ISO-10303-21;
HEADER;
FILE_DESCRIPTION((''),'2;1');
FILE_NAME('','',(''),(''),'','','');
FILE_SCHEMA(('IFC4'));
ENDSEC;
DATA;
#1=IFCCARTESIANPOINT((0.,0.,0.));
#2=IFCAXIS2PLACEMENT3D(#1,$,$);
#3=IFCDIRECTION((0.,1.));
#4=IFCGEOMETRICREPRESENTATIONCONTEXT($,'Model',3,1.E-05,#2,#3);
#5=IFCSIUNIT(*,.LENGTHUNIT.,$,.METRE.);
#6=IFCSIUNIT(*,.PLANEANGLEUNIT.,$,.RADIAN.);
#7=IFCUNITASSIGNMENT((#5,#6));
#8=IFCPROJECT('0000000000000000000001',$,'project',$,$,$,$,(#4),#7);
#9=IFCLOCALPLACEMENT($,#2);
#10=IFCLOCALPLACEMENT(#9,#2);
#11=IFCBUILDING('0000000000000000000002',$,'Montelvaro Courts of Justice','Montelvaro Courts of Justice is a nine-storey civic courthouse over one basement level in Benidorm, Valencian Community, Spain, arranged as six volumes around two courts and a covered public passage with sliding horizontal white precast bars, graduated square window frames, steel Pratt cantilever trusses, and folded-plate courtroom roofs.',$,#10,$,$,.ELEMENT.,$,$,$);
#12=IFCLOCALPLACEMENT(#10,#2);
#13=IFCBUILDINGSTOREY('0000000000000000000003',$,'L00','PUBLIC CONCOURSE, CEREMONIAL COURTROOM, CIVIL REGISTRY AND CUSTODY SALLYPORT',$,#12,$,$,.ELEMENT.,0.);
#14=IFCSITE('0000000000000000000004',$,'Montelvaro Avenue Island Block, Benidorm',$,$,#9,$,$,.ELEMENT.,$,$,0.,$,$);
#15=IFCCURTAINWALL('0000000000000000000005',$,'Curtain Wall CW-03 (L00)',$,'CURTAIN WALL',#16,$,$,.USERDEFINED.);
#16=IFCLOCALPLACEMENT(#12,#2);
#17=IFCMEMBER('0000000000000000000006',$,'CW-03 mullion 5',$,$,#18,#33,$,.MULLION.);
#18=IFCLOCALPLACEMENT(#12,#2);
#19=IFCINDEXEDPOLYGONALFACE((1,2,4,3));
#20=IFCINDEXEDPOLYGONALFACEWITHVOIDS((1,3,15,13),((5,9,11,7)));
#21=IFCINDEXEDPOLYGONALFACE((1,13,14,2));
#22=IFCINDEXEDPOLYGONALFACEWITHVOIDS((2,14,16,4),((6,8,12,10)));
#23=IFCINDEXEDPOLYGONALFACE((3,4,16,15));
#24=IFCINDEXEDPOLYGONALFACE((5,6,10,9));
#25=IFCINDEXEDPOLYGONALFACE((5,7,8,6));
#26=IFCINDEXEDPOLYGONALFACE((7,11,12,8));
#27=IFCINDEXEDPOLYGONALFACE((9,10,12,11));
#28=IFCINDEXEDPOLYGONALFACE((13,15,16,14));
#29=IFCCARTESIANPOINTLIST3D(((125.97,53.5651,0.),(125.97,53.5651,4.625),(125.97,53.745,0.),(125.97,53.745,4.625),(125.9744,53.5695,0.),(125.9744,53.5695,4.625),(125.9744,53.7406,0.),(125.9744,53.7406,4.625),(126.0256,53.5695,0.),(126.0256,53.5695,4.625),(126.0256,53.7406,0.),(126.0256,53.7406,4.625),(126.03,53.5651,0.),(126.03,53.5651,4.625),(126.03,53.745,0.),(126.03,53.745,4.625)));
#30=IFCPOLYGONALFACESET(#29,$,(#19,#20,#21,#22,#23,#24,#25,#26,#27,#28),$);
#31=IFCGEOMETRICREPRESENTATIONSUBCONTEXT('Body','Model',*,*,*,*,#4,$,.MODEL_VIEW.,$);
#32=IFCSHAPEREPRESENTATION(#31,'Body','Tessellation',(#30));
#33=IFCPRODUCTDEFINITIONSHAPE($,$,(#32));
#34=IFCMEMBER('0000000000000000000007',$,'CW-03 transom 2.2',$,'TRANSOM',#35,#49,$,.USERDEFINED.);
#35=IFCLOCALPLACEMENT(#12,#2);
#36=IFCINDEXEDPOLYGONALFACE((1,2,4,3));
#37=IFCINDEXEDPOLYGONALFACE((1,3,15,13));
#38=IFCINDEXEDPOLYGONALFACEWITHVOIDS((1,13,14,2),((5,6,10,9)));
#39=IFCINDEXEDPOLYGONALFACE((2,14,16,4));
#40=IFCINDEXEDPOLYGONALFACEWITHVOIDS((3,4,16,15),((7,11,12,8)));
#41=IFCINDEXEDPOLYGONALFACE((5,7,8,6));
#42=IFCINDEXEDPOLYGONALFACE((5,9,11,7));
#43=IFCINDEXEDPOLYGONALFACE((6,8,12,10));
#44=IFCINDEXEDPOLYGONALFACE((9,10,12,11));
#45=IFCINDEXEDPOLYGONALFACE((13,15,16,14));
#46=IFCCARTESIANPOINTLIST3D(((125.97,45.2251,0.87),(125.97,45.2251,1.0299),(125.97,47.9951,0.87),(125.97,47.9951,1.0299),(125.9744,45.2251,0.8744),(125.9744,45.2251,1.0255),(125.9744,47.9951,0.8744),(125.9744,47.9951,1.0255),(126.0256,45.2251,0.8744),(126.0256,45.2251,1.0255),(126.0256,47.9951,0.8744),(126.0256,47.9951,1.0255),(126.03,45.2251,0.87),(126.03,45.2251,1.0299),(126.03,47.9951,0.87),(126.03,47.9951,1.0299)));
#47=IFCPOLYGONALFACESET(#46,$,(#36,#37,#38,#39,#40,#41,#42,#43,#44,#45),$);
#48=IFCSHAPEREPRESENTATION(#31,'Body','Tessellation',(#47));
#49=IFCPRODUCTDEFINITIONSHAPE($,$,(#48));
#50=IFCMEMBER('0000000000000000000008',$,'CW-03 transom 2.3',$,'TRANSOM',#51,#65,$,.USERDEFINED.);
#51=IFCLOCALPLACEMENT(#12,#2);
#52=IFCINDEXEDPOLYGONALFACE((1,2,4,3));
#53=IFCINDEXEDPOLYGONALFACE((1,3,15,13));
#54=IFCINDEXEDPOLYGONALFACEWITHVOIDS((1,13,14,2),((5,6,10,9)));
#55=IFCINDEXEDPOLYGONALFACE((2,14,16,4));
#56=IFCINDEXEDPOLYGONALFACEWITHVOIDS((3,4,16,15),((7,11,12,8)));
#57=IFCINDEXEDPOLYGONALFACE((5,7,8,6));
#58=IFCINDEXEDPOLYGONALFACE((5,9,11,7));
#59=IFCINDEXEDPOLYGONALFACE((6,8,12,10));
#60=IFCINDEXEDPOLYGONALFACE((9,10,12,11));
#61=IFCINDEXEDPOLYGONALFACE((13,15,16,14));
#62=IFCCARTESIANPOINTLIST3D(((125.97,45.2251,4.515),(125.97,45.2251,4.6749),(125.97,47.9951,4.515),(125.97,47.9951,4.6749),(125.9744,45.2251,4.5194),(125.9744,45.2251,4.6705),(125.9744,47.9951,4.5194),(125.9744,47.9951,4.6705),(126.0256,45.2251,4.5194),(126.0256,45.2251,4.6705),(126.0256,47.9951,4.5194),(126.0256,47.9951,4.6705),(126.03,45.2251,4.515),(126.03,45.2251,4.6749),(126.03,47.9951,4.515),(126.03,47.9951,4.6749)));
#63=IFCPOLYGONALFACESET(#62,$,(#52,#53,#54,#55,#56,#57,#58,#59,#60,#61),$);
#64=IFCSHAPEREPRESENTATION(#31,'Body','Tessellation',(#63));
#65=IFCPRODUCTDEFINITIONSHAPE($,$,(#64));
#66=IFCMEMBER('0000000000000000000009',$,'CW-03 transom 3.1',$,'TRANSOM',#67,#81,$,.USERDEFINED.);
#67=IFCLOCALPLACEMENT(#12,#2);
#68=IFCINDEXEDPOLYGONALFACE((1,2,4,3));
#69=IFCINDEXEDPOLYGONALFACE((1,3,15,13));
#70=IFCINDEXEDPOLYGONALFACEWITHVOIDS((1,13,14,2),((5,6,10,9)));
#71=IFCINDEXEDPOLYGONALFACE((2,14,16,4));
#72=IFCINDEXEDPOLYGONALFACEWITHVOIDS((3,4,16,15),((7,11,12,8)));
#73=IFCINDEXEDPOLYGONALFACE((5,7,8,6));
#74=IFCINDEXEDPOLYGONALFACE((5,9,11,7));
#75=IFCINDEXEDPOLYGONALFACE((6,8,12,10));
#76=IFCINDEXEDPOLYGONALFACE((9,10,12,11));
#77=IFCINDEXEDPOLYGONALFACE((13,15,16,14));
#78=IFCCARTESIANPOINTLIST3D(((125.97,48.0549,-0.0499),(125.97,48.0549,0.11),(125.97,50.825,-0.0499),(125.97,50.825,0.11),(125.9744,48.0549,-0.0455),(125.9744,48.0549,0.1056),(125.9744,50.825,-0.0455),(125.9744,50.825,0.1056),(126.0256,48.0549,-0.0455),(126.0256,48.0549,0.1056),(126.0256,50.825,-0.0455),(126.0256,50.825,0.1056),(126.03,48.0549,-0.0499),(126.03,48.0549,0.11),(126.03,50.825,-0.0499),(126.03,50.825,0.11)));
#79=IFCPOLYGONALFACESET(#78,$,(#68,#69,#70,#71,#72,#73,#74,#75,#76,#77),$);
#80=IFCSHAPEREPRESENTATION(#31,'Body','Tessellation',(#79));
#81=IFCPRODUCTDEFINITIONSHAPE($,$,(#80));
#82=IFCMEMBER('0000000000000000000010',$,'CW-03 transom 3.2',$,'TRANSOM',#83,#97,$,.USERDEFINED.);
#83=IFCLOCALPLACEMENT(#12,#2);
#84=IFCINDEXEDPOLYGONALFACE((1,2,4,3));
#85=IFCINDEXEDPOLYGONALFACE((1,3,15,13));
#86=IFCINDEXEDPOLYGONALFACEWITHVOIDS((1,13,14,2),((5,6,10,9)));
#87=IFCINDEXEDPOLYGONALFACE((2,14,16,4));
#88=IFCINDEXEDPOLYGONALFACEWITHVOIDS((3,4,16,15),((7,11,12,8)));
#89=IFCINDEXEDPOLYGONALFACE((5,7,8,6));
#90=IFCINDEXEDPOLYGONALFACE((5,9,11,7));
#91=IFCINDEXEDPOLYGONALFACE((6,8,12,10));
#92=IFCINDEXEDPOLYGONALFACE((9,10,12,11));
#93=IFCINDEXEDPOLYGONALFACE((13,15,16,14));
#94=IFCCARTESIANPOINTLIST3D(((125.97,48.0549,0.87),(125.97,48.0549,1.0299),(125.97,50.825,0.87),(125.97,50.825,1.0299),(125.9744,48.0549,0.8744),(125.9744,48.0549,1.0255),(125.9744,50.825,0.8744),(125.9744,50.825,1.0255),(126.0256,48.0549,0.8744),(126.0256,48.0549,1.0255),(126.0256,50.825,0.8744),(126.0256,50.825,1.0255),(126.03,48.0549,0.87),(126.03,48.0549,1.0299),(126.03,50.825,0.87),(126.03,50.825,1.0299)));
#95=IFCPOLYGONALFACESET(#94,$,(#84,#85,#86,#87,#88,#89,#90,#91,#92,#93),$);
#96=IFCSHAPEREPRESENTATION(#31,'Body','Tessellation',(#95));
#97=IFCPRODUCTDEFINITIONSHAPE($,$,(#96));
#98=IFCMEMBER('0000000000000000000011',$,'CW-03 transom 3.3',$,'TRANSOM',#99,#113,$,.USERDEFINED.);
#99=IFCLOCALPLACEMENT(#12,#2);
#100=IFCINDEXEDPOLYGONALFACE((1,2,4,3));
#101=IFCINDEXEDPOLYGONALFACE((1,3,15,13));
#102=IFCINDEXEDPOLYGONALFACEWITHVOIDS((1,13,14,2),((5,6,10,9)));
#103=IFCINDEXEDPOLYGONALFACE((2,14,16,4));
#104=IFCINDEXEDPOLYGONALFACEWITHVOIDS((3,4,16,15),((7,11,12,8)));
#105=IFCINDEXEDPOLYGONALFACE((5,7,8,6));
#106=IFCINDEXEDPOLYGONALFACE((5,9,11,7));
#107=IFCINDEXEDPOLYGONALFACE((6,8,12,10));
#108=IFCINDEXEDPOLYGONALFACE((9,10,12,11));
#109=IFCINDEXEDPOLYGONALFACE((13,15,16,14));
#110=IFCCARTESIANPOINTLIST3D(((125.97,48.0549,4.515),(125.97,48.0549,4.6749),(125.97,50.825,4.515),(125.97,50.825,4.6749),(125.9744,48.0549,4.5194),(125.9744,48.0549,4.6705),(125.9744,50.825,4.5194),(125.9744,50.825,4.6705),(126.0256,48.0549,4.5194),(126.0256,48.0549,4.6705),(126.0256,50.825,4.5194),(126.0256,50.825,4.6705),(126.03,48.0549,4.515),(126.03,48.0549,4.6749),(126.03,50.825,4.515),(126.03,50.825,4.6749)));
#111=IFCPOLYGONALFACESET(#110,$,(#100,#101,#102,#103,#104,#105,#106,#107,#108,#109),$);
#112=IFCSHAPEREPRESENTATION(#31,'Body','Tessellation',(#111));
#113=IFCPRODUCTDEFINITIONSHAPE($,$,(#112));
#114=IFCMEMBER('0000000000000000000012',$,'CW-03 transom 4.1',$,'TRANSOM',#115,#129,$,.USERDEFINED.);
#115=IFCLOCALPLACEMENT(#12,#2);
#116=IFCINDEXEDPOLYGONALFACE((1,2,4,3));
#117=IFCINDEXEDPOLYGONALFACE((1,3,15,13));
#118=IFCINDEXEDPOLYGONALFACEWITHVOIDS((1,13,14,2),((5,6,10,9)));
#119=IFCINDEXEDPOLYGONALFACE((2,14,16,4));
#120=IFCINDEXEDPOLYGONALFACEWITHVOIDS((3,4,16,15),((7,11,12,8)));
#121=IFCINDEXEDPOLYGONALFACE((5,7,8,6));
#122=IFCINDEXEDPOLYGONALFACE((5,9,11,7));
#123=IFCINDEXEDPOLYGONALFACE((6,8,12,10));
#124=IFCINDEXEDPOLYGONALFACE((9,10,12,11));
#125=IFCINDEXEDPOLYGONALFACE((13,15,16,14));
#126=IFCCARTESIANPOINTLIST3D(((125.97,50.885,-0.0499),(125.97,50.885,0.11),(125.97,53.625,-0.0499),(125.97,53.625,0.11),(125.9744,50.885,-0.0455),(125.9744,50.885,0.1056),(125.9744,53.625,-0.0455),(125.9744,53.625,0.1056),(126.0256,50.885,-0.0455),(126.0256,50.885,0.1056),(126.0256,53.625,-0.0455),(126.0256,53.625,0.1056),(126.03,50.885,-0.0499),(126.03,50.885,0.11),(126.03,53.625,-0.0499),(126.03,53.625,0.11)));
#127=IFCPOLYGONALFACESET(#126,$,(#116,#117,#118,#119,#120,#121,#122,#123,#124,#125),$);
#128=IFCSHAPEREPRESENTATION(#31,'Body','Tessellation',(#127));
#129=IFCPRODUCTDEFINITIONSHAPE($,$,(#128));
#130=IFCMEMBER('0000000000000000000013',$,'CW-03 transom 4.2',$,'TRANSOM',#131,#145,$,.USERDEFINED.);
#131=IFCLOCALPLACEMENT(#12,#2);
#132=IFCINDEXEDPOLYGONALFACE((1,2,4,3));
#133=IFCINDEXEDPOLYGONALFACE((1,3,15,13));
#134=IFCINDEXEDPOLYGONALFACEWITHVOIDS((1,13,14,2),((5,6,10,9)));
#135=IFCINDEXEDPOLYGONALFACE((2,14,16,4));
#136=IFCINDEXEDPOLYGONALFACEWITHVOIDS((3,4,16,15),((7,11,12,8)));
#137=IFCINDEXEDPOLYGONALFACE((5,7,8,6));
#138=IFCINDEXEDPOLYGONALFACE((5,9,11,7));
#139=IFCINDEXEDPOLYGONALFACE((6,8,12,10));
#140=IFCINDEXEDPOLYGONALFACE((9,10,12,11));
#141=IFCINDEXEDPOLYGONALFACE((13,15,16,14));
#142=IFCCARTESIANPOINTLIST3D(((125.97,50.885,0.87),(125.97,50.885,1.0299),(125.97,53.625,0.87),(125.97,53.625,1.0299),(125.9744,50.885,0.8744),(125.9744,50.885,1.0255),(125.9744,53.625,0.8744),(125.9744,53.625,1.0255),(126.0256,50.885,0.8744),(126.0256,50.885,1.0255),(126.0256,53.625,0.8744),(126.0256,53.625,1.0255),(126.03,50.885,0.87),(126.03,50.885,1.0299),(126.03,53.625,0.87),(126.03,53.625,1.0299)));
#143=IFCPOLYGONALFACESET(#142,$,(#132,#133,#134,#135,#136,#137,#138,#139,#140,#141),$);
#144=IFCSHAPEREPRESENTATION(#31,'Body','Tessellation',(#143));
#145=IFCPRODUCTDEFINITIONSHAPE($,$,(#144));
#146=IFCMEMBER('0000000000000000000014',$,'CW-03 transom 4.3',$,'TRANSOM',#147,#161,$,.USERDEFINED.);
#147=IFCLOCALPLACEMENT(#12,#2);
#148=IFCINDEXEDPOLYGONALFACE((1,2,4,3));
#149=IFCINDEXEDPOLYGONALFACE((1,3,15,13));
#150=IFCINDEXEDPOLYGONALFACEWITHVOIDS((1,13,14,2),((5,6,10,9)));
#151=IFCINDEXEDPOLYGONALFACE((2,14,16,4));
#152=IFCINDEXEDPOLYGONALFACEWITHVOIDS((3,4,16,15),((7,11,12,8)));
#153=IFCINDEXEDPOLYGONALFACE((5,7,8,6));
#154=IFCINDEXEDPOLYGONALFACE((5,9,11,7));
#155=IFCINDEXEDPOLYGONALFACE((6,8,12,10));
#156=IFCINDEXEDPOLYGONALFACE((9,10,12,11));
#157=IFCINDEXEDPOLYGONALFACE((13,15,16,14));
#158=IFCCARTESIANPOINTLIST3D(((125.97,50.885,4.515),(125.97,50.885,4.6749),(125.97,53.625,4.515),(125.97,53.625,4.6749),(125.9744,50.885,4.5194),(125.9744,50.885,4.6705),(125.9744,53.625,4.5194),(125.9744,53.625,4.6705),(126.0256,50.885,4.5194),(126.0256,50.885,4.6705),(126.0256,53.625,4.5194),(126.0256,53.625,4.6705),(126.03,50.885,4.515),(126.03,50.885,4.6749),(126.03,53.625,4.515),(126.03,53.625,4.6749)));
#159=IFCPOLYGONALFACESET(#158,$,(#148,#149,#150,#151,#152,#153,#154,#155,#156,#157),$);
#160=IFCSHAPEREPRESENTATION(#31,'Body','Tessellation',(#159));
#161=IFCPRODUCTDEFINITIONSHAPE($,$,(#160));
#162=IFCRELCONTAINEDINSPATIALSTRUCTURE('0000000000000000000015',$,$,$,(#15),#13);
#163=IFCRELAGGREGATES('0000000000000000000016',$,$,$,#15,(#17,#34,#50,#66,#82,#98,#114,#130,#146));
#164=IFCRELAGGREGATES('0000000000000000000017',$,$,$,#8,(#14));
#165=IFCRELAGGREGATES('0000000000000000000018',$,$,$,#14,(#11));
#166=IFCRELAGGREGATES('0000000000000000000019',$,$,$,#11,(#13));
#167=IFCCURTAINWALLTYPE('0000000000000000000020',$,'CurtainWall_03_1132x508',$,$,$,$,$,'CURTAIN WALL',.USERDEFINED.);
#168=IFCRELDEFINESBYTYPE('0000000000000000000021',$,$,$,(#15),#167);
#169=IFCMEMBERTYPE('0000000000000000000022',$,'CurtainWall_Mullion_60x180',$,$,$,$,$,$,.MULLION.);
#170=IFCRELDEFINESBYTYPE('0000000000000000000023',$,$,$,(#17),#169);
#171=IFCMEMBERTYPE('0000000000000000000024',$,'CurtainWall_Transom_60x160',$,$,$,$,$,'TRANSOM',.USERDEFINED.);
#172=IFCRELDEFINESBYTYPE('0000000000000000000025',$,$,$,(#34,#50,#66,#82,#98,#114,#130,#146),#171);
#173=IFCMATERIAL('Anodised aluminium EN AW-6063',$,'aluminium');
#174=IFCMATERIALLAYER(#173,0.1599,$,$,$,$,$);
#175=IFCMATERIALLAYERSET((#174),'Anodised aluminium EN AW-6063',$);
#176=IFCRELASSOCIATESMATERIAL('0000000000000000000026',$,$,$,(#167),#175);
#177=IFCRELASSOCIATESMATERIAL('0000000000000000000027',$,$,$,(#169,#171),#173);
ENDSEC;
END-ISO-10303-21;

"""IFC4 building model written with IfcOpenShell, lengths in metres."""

from ifc_helpers import new_model, si_unit, direction, frame, origin, origin_2d, place, context, subcontext, project, spatial, hollow_rectangle, extrude, material, layer, layer_set, material_profile, profile_set, type_object, element, aggregate, save


model = new_model("IFC4")

# Units and contexts
model_context = context("Model", 3, precision=1e-05, world=origin(), true_north=direction((0.0, 1.0)))
body_context = subcontext(model_context, "Body", "Model", "MODEL_VIEW")
ifc_project = project(units=[si_unit("LENGTHUNIT", "METRE"), si_unit("PLANEANGLEUNIT", "RADIAN")], contexts=[model_context])

# Site, building, storey
site_placement = place(None, origin())
site = spatial("IfcSite", under=ifc_project, at=site_placement, Name="Montelvaro Avenue Island Block, Benidorm", CompositionType="ELEMENT", RefElevation=0.0)
building_placement = place(site_placement, origin())
building = spatial("IfcBuilding", under=site, at=building_placement, Name="Montelvaro Courts of Justice", Description="Montelvaro Courts of Justice is a nine-storey civic courthouse over one basement level in Benidorm, Valencian Community, Spain, arranged as six volumes around two courts and a covered public passage with sliding horizontal white precast bars, graduated square window frames, steel Pratt cantilever trusses, and folded-plate courtroom roofs.", CompositionType="ELEMENT")
storey_placement = place(building_placement, origin())
storey = spatial("IfcBuildingStorey", under=building, at=storey_placement, Name="L00", Description="PUBLIC CONCOURSE, CEREMONIAL COURTROOM, CIVIL REGISTRY AND CUSTODY SALLYPORT", CompositionType="ELEMENT", Elevation=0.0)

# Curtain wall, members
ifc_material_1 = material(Name="Anodised aluminium EN AW-6063", Category="aluminium")
ifc_layer_1 = layer(ifc_material_1, 0.1599)
ifc_layer_set_1 = layer_set([ifc_layer_1], Name="Anodised aluminium EN AW-6063")
curtain_wall_type = type_object("IfcCurtainWallType", Name="CurtainWall_03_1132x508", ElementType="CURTAIN WALL", PredefinedType="USERDEFINED", material=ifc_layer_set_1)
curtain_wall_placement = place(storey_placement, origin())
curtain_wall = element("IfcCurtainWall", 1, at=curtain_wall_placement, inside=storey, type_object=curtain_wall_type, Name="Curtain Wall CW-03 (L00)", ObjectType="CURTAIN WALL", PredefinedType="USERDEFINED")
ifc_material_profile_1 = material_profile(ifc_material_1, hollow_rectangle(XDim=0.0601, YDim=0.1799, WallThickness=0.0044, at=origin_2d()), Name="ALU-M 60x180")
ifc_profile_set_1 = profile_set([ifc_material_profile_1], Name="Anodised aluminium EN AW-6063")
member_type_1 = type_object("IfcMemberType", Name="CurtainWall_Mullion_60x180", PredefinedType="MULLION", material=ifc_profile_set_1)
member_1_placement = place(storey_placement, frame((126.0, 53.655, 0.0), z_axis=(0.0, 0.0, 1.0), x_axis=(-1.0, 0.0, 0.0)))
member_1 = element("IfcMember", 2, at=member_1_placement, type_object=member_type_1, Name="CW-03 mullion 5", PredefinedType="MULLION", context=body_context, shape_type="SweptSolid", body=[
    extrude(hollow_rectangle(XDim=0.0601, YDim=0.1799, WallThickness=0.0044, at=origin_2d()), origin(), (0.0, 0.0, 1.0), 4.625),
])
ifc_material_profile_2 = material_profile(ifc_material_1, hollow_rectangle(XDim=0.0601, YDim=0.1599, WallThickness=0.0044, at=origin_2d()), Name="ALU-T 60x160")
ifc_profile_set_2 = profile_set([ifc_material_profile_2], Name="Anodised aluminium EN AW-6063")
member_type_2 = type_object("IfcMemberType", Name="CurtainWall_Transom_60x160", ElementType="TRANSOM", PredefinedType="USERDEFINED", material=ifc_profile_set_2)
member_2_placement = place(storey_placement, frame((126.0, 45.2251, 0.95), z_axis=(0.0, 1.0, 0.0), x_axis=(-1.0, 0.0, 0.0)))
member_2 = element("IfcMember", 3, at=member_2_placement, type_object=member_type_2, Name="CW-03 transom 2.2", ObjectType="TRANSOM", PredefinedType="USERDEFINED", context=body_context, shape_type="SweptSolid", body=[
    extrude(hollow_rectangle(XDim=0.0601, YDim=0.1599, WallThickness=0.0044, at=origin_2d()), origin(), (0.0, 0.0, 1.0), 2.77),
])
member_3_placement = place(storey_placement, frame((126.0, 45.2251, 4.595), z_axis=(0.0, 1.0, 0.0), x_axis=(-1.0, 0.0, 0.0)))
member_3 = element("IfcMember", 4, at=member_3_placement, type_object=member_type_2, Name="CW-03 transom 2.3", ObjectType="TRANSOM", PredefinedType="USERDEFINED", context=body_context, shape_type="SweptSolid", body=[
    extrude(hollow_rectangle(XDim=0.0601, YDim=0.1599, WallThickness=0.0044, at=origin_2d()), origin(), (0.0, 0.0, 1.0), 2.77),
])
member_4_placement = place(storey_placement, frame((126.0, 48.0549, 0.03), z_axis=(0.0, 1.0, 0.0), x_axis=(-1.0, 0.0, 0.0)))
member_4 = element("IfcMember", 5, at=member_4_placement, type_object=member_type_2, Name="CW-03 transom 3.1", ObjectType="TRANSOM", PredefinedType="USERDEFINED", context=body_context, shape_type="SweptSolid", body=[
    extrude(hollow_rectangle(XDim=0.0601, YDim=0.1599, WallThickness=0.0044, at=origin_2d()), origin(), (0.0, 0.0, 1.0), 2.77),
])
member_5_placement = place(storey_placement, frame((126.0, 48.0549, 0.95), z_axis=(0.0, 1.0, 0.0), x_axis=(-1.0, 0.0, 0.0)))
member_5 = element("IfcMember", 6, at=member_5_placement, type_object=member_type_2, Name="CW-03 transom 3.2", ObjectType="TRANSOM", PredefinedType="USERDEFINED", context=body_context, shape_type="SweptSolid", body=[
    extrude(hollow_rectangle(XDim=0.0601, YDim=0.1599, WallThickness=0.0044, at=origin_2d()), origin(), (0.0, 0.0, 1.0), 2.77),
])
member_6_placement = place(storey_placement, frame((126.0, 48.0549, 4.595), z_axis=(0.0, 1.0, 0.0), x_axis=(-1.0, 0.0, 0.0)))
member_6 = element("IfcMember", 7, at=member_6_placement, type_object=member_type_2, Name="CW-03 transom 3.3", ObjectType="TRANSOM", PredefinedType="USERDEFINED", context=body_context, shape_type="SweptSolid", body=[
    extrude(hollow_rectangle(XDim=0.0601, YDim=0.1599, WallThickness=0.0044, at=origin_2d()), origin(), (0.0, 0.0, 1.0), 2.77),
])
member_7_placement = place(storey_placement, frame((126.0, 50.885, 0.03), z_axis=(0.0, 1.0, 0.0), x_axis=(-1.0, 0.0, 0.0)))
member_7 = element("IfcMember", 8, at=member_7_placement, type_object=member_type_2, Name="CW-03 transom 4.1", ObjectType="TRANSOM", PredefinedType="USERDEFINED", context=body_context, shape_type="SweptSolid", body=[
    extrude(hollow_rectangle(XDim=0.0601, YDim=0.1599, WallThickness=0.0044, at=origin_2d()), origin(), (0.0, 0.0, 1.0), 2.74),
])
member_8_placement = place(storey_placement, frame((126.0, 50.885, 0.95), z_axis=(0.0, 1.0, 0.0), x_axis=(-1.0, 0.0, 0.0)))
member_8 = element("IfcMember", 9, at=member_8_placement, type_object=member_type_2, Name="CW-03 transom 4.2", ObjectType="TRANSOM", PredefinedType="USERDEFINED", context=body_context, shape_type="SweptSolid", body=[
    extrude(hollow_rectangle(XDim=0.0601, YDim=0.1599, WallThickness=0.0044, at=origin_2d()), origin(), (0.0, 0.0, 1.0), 2.74),
])
member_9_placement = place(storey_placement, frame((126.0, 50.885, 4.595), z_axis=(0.0, 1.0, 0.0), x_axis=(-1.0, 0.0, 0.0)))
member_9 = element("IfcMember", 10, at=member_9_placement, type_object=member_type_2, Name="CW-03 transom 4.3", ObjectType="TRANSOM", PredefinedType="USERDEFINED", context=body_context, shape_type="SweptSolid", body=[
    extrude(hollow_rectangle(XDim=0.0601, YDim=0.1599, WallThickness=0.0044, at=origin_2d()), origin(), (0.0, 0.0, 1.0), 2.74),
])

aggregate(curtain_wall, [member_1, member_2, member_3, member_4, member_5, member_6, member_7, member_8, member_9])

save(model, "model.ifc")
